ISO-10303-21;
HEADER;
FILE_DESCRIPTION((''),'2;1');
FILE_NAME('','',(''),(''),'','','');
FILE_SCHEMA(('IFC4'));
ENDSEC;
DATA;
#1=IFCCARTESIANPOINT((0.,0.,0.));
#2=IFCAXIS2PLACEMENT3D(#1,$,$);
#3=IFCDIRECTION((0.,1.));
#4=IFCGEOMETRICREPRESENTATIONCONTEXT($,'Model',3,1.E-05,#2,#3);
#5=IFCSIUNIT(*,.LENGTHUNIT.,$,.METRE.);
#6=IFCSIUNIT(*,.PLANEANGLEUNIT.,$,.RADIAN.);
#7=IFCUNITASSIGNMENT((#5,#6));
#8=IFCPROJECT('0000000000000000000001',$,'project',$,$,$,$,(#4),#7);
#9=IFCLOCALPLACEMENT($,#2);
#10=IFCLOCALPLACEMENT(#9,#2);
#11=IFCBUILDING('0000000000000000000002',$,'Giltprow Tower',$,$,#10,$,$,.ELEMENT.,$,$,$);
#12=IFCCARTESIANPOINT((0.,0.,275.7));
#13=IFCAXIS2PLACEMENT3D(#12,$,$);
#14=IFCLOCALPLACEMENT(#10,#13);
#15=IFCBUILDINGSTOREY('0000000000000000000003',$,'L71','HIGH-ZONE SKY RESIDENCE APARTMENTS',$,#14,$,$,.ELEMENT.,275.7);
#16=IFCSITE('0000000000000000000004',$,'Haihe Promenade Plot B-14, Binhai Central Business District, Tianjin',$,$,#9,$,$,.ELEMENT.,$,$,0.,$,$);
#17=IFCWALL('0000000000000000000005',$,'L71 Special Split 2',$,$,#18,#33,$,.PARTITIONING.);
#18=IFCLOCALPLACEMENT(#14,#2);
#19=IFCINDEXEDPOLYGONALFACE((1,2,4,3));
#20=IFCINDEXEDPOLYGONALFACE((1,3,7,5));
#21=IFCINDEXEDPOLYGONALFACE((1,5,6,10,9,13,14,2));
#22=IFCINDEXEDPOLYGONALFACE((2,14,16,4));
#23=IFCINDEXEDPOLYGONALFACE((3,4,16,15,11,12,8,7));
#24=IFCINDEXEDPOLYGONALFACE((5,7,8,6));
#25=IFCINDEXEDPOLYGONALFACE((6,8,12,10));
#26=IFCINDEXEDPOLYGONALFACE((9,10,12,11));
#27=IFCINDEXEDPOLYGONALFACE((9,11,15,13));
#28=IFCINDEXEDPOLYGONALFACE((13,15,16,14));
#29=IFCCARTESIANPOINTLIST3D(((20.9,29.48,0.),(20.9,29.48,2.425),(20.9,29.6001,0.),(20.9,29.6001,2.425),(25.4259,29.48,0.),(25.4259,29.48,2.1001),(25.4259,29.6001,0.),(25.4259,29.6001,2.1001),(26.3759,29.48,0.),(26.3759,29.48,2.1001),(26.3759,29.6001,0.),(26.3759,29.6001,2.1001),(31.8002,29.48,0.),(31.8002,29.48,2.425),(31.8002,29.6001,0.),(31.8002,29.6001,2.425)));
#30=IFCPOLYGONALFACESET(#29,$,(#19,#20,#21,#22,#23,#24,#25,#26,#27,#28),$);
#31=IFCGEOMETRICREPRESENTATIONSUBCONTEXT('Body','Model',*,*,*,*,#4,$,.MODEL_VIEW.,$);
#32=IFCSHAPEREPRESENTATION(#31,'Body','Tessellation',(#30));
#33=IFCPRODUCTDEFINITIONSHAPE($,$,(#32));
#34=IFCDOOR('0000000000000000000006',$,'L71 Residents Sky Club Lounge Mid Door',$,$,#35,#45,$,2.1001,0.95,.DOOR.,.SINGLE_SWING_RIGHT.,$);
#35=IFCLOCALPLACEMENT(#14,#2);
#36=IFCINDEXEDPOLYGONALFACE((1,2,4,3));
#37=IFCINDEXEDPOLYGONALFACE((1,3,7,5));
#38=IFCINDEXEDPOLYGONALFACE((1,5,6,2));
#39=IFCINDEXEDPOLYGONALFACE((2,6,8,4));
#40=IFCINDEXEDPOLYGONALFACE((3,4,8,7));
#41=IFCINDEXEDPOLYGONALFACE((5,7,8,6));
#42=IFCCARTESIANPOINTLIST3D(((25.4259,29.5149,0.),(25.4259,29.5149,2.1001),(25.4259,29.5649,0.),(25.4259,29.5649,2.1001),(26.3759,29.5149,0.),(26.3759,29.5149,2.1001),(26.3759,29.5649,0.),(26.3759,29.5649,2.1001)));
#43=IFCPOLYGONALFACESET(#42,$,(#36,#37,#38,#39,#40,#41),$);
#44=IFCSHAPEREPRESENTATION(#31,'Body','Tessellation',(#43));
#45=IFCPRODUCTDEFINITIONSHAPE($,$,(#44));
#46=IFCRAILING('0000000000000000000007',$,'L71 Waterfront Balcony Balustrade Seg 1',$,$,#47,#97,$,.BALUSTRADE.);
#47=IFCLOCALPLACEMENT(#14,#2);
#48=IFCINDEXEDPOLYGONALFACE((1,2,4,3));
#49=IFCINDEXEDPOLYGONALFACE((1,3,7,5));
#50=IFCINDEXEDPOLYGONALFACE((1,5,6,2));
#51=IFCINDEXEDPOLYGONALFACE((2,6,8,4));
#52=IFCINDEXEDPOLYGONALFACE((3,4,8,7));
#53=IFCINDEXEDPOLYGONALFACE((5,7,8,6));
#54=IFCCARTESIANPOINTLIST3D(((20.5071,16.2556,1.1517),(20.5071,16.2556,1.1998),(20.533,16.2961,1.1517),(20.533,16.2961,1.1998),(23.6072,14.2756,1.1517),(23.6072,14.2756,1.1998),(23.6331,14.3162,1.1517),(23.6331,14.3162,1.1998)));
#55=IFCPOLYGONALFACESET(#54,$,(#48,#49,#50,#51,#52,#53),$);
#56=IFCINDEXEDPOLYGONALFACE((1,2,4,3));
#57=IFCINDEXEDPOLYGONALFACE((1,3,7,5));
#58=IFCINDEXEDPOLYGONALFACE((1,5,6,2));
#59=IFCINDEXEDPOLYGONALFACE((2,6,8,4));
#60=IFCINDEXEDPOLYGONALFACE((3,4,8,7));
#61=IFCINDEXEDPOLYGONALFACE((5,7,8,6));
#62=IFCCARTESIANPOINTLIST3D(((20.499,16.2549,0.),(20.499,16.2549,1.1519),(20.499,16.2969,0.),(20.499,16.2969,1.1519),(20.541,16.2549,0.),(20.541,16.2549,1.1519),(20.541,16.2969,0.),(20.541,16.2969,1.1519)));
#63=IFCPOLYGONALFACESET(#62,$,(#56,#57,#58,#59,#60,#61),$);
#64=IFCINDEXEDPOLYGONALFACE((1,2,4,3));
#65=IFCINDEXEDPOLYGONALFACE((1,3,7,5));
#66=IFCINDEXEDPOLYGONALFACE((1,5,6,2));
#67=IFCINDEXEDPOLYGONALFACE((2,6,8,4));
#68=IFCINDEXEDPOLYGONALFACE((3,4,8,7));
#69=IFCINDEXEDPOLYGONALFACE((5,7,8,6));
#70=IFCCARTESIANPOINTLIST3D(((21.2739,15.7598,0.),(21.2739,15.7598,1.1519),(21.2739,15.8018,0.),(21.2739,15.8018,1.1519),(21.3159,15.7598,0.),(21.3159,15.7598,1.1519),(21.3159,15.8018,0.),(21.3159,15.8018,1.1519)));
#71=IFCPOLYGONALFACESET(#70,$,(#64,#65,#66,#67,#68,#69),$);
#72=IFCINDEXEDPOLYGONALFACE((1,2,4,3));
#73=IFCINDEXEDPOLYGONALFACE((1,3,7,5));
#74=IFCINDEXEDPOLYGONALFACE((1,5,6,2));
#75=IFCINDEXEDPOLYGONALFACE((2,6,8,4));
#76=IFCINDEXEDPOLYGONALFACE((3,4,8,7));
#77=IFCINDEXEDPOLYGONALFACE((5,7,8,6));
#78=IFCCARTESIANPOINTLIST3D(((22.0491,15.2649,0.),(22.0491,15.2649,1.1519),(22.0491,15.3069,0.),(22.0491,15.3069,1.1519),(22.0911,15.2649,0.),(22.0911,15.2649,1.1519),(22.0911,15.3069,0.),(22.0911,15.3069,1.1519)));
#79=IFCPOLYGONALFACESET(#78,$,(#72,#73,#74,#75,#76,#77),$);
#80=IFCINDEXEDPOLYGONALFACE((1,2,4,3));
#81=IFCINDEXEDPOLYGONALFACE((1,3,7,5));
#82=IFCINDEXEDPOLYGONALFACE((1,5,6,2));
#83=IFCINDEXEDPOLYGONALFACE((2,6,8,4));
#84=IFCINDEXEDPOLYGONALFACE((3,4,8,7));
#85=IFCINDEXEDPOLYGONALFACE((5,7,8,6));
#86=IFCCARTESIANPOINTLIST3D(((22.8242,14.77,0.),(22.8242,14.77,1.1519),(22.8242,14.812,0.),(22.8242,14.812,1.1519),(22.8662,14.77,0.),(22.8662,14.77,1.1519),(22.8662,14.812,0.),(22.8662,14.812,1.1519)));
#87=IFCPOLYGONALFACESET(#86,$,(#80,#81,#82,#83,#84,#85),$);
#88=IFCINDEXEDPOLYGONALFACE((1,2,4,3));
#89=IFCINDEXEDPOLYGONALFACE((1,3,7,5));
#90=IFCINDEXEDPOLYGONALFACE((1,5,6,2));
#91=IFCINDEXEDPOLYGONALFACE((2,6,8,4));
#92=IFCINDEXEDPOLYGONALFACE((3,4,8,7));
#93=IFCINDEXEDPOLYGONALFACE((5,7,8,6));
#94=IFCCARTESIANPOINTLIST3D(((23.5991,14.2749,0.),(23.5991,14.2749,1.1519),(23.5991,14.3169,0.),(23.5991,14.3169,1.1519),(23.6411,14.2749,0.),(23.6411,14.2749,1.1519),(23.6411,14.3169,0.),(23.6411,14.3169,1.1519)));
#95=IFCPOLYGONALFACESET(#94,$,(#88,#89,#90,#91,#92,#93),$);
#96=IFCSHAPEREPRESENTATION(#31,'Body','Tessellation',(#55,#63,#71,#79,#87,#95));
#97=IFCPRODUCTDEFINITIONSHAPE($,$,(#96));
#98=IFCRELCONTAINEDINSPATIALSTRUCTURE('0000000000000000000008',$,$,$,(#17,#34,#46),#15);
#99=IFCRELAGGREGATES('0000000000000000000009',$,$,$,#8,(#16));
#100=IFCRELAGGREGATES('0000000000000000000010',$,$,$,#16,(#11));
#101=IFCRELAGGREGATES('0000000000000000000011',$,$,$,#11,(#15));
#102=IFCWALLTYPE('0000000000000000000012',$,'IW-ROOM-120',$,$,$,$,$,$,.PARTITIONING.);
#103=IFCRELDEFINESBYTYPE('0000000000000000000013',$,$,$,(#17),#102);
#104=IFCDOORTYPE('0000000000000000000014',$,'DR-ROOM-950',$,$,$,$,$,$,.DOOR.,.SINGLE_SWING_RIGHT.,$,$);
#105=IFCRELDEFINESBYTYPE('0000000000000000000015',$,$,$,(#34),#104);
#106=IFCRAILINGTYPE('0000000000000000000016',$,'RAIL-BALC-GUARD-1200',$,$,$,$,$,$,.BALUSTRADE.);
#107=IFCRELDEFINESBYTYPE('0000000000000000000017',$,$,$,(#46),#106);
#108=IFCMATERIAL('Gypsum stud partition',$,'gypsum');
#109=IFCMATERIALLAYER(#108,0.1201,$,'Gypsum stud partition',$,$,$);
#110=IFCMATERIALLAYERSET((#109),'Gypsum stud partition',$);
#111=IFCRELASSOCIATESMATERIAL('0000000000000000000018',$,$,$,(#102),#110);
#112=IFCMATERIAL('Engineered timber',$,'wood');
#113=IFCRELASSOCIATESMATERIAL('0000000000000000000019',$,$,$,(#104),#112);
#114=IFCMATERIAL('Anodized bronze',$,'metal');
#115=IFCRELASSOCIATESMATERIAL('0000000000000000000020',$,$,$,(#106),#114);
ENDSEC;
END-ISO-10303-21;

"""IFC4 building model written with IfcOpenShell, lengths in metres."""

from ifc_helpers import new_model, si_unit, direction, frame, frame_2d, origin, origin_2d, place, context, subcontext, project, spatial, rectangle, extrude, source, transform, mapped, material, layer, layer_set, type_object, element, fill, save


model = new_model("IFC4")

# Units and contexts
model_context = context("Model", 3, precision=1e-05, world=origin(), true_north=direction((0.0, 1.0)))
body_context = subcontext(model_context, "Body", "Model", "MODEL_VIEW")
ifc_project = project(units=[si_unit("LENGTHUNIT", "METRE"), si_unit("PLANEANGLEUNIT", "RADIAN")], contexts=[model_context])

# Site, building, storey
site_placement = place(None, origin())
site = spatial("IfcSite", under=ifc_project, at=site_placement, Name="Haihe Promenade Plot B-14, Binhai Central Business District, Tianjin", CompositionType="ELEMENT", RefElevation=0.0)
building_placement = place(site_placement, origin())
building = spatial("IfcBuilding", under=site, at=building_placement, Name="Giltprow Tower", CompositionType="ELEMENT")
storey_placement = place(building_placement, frame((0.0, 0.0, 275.7)))
storey = spatial("IfcBuildingStorey", under=building, at=storey_placement, Name="L71", Description="HIGH-ZONE SKY RESIDENCE APARTMENTS", CompositionType="ELEMENT", Elevation=275.7)

# Shared definitions
ifc_material_1 = material(Name="Gypsum stud partition", Category="gypsum")

# Wall, opening, door
ifc_layer_1 = layer(ifc_material_1, 0.1201, Name="Gypsum stud partition")
ifc_layer_set_1 = layer_set([ifc_layer_1], Name="Gypsum stud partition")
wall_type_1 = type_object("IfcWallType", Name="IW-ROOM-120", PredefinedType="PARTITIONING", material=ifc_layer_set_1)
ifc_material_2 = material(Name="Engineered timber", Category="wood")
door_type_1 = type_object("IfcDoorType", Name="DR-ROOM-950", OperationType="SINGLE_SWING_RIGHT", PredefinedType="DOOR", material=ifc_material_2)
shared_shape_1 = source(origin(), body_context, "Body", "SweptSolid", [
    extrude(rectangle(XDim=0.95, YDim=2.1001, at=frame_2d((0.4751, 1.05))), frame((0.0, 0.0249, 0.0), z_axis=(0.0, -1.0, 0.0), x_axis=(1.0, 0.0, 0.0)), (0.0, 0.0, 1.0), 0.05),
])
wall_1_placement = place(storey_placement, frame((20.8999, 29.54, 0.0), z_axis=(0.0, 0.0, 1.0), x_axis=(1.0, 0.0, 0.0)))
wall_1 = element("IfcWall", 1, at=wall_1_placement, inside=storey, type_object=wall_type_1, Name="L71 Special Split 2", PredefinedType="PARTITIONING", context=body_context, shape_type="SweptSolid", body=[
    extrude(rectangle(XDim=10.9001, YDim=0.1201, at=frame_2d((5.4502, 0.0))), origin(), (0.0, 0.0, 1.0), 2.425),
])
opening_1_placement = place(wall_1_placement, frame((4.5259, 0.0, 0.0)))
opening_1 = element("IfcOpeningElement", 2, at=opening_1_placement, cuts=wall_1, PredefinedType="OPENING", context=body_context, shape_type="SweptSolid", body=[
    extrude(rectangle(XDim=0.95, YDim=2.1001, at=frame_2d((0.4751, 1.05))), frame((0.0, 0.0701, 0.0), z_axis=(0.0, -1.0, 0.0), x_axis=(1.0, 0.0, 0.0)), (0.0, 0.0, 1.0), 0.1401),
])
door_1_placement = place(opening_1_placement, origin())
door_1 = element("IfcDoor", 3, at=door_1_placement, inside=storey, type_object=door_type_1, Name="L71 Residents Sky Club Lounge Mid Door", OperationType="SINGLE_SWING_RIGHT", OverallHeight=2.1001, OverallWidth=0.95, PredefinedType="DOOR", context=body_context, shape_type="MappedRepresentation", body=[
    mapped(shared_shape_1, transform((0.0, 0.0, 0.0), x_axis=(1.0, 0.0, 0.0), y_axis=(0.0, 1.0, 0.0), z_axis=(0.0, 0.0, 1.0), scale=1.0)),
])
fill(opening_1, door_1)

# Railing
ifc_material_3 = material(Name="Anodized bronze", Category="metal")
railing_type = type_object("IfcRailingType", Name="RAIL-BALC-GUARD-1200", PredefinedType="BALUSTRADE", material=ifc_material_3)
railing_1_placement = place(storey_placement, frame((20.52, 16.2759, 0.0)))
element("IfcRailing", 4, at=railing_1_placement, inside=storey, type_object=railing_type, Name="L71 Waterfront Balcony Balustrade Seg 1", PredefinedType="BALUSTRADE", context=body_context, shape_type="SweptSolid", body=[
    extrude(rectangle(XDim=0.0481, YDim=0.0481, at=origin_2d()), frame((0.0, 0.0, 1.1758), z_axis=(0.842775, -0.538266, 0.0), x_axis=(0.538266, 0.842775, 0.0)), (0.0, 0.0, 1.0), 3.6785),
    extrude(rectangle(XDim=0.042, YDim=0.042, at=origin_2d()), origin(), (0.0, 0.0, 1.0), 1.1519),
    extrude(rectangle(XDim=0.042, YDim=0.042, at=origin_2d()), frame((0.7749, -0.4951, 0.0)), (0.0, 0.0, 1.0), 1.1519),
    extrude(rectangle(XDim=0.042, YDim=0.042, at=origin_2d()), frame((1.55, -0.99, 0.0)), (0.0, 0.0, 1.0), 1.1519),
    extrude(rectangle(XDim=0.042, YDim=0.042, at=origin_2d()), frame((2.3252, -1.4849, 0.0)), (0.0, 0.0, 1.0), 1.1519),
    extrude(rectangle(XDim=0.042, YDim=0.042, at=origin_2d()), frame((3.1001, -1.98, 0.0)), (0.0, 0.0, 1.0), 1.1519),
])

save(model, "model.ifc")
